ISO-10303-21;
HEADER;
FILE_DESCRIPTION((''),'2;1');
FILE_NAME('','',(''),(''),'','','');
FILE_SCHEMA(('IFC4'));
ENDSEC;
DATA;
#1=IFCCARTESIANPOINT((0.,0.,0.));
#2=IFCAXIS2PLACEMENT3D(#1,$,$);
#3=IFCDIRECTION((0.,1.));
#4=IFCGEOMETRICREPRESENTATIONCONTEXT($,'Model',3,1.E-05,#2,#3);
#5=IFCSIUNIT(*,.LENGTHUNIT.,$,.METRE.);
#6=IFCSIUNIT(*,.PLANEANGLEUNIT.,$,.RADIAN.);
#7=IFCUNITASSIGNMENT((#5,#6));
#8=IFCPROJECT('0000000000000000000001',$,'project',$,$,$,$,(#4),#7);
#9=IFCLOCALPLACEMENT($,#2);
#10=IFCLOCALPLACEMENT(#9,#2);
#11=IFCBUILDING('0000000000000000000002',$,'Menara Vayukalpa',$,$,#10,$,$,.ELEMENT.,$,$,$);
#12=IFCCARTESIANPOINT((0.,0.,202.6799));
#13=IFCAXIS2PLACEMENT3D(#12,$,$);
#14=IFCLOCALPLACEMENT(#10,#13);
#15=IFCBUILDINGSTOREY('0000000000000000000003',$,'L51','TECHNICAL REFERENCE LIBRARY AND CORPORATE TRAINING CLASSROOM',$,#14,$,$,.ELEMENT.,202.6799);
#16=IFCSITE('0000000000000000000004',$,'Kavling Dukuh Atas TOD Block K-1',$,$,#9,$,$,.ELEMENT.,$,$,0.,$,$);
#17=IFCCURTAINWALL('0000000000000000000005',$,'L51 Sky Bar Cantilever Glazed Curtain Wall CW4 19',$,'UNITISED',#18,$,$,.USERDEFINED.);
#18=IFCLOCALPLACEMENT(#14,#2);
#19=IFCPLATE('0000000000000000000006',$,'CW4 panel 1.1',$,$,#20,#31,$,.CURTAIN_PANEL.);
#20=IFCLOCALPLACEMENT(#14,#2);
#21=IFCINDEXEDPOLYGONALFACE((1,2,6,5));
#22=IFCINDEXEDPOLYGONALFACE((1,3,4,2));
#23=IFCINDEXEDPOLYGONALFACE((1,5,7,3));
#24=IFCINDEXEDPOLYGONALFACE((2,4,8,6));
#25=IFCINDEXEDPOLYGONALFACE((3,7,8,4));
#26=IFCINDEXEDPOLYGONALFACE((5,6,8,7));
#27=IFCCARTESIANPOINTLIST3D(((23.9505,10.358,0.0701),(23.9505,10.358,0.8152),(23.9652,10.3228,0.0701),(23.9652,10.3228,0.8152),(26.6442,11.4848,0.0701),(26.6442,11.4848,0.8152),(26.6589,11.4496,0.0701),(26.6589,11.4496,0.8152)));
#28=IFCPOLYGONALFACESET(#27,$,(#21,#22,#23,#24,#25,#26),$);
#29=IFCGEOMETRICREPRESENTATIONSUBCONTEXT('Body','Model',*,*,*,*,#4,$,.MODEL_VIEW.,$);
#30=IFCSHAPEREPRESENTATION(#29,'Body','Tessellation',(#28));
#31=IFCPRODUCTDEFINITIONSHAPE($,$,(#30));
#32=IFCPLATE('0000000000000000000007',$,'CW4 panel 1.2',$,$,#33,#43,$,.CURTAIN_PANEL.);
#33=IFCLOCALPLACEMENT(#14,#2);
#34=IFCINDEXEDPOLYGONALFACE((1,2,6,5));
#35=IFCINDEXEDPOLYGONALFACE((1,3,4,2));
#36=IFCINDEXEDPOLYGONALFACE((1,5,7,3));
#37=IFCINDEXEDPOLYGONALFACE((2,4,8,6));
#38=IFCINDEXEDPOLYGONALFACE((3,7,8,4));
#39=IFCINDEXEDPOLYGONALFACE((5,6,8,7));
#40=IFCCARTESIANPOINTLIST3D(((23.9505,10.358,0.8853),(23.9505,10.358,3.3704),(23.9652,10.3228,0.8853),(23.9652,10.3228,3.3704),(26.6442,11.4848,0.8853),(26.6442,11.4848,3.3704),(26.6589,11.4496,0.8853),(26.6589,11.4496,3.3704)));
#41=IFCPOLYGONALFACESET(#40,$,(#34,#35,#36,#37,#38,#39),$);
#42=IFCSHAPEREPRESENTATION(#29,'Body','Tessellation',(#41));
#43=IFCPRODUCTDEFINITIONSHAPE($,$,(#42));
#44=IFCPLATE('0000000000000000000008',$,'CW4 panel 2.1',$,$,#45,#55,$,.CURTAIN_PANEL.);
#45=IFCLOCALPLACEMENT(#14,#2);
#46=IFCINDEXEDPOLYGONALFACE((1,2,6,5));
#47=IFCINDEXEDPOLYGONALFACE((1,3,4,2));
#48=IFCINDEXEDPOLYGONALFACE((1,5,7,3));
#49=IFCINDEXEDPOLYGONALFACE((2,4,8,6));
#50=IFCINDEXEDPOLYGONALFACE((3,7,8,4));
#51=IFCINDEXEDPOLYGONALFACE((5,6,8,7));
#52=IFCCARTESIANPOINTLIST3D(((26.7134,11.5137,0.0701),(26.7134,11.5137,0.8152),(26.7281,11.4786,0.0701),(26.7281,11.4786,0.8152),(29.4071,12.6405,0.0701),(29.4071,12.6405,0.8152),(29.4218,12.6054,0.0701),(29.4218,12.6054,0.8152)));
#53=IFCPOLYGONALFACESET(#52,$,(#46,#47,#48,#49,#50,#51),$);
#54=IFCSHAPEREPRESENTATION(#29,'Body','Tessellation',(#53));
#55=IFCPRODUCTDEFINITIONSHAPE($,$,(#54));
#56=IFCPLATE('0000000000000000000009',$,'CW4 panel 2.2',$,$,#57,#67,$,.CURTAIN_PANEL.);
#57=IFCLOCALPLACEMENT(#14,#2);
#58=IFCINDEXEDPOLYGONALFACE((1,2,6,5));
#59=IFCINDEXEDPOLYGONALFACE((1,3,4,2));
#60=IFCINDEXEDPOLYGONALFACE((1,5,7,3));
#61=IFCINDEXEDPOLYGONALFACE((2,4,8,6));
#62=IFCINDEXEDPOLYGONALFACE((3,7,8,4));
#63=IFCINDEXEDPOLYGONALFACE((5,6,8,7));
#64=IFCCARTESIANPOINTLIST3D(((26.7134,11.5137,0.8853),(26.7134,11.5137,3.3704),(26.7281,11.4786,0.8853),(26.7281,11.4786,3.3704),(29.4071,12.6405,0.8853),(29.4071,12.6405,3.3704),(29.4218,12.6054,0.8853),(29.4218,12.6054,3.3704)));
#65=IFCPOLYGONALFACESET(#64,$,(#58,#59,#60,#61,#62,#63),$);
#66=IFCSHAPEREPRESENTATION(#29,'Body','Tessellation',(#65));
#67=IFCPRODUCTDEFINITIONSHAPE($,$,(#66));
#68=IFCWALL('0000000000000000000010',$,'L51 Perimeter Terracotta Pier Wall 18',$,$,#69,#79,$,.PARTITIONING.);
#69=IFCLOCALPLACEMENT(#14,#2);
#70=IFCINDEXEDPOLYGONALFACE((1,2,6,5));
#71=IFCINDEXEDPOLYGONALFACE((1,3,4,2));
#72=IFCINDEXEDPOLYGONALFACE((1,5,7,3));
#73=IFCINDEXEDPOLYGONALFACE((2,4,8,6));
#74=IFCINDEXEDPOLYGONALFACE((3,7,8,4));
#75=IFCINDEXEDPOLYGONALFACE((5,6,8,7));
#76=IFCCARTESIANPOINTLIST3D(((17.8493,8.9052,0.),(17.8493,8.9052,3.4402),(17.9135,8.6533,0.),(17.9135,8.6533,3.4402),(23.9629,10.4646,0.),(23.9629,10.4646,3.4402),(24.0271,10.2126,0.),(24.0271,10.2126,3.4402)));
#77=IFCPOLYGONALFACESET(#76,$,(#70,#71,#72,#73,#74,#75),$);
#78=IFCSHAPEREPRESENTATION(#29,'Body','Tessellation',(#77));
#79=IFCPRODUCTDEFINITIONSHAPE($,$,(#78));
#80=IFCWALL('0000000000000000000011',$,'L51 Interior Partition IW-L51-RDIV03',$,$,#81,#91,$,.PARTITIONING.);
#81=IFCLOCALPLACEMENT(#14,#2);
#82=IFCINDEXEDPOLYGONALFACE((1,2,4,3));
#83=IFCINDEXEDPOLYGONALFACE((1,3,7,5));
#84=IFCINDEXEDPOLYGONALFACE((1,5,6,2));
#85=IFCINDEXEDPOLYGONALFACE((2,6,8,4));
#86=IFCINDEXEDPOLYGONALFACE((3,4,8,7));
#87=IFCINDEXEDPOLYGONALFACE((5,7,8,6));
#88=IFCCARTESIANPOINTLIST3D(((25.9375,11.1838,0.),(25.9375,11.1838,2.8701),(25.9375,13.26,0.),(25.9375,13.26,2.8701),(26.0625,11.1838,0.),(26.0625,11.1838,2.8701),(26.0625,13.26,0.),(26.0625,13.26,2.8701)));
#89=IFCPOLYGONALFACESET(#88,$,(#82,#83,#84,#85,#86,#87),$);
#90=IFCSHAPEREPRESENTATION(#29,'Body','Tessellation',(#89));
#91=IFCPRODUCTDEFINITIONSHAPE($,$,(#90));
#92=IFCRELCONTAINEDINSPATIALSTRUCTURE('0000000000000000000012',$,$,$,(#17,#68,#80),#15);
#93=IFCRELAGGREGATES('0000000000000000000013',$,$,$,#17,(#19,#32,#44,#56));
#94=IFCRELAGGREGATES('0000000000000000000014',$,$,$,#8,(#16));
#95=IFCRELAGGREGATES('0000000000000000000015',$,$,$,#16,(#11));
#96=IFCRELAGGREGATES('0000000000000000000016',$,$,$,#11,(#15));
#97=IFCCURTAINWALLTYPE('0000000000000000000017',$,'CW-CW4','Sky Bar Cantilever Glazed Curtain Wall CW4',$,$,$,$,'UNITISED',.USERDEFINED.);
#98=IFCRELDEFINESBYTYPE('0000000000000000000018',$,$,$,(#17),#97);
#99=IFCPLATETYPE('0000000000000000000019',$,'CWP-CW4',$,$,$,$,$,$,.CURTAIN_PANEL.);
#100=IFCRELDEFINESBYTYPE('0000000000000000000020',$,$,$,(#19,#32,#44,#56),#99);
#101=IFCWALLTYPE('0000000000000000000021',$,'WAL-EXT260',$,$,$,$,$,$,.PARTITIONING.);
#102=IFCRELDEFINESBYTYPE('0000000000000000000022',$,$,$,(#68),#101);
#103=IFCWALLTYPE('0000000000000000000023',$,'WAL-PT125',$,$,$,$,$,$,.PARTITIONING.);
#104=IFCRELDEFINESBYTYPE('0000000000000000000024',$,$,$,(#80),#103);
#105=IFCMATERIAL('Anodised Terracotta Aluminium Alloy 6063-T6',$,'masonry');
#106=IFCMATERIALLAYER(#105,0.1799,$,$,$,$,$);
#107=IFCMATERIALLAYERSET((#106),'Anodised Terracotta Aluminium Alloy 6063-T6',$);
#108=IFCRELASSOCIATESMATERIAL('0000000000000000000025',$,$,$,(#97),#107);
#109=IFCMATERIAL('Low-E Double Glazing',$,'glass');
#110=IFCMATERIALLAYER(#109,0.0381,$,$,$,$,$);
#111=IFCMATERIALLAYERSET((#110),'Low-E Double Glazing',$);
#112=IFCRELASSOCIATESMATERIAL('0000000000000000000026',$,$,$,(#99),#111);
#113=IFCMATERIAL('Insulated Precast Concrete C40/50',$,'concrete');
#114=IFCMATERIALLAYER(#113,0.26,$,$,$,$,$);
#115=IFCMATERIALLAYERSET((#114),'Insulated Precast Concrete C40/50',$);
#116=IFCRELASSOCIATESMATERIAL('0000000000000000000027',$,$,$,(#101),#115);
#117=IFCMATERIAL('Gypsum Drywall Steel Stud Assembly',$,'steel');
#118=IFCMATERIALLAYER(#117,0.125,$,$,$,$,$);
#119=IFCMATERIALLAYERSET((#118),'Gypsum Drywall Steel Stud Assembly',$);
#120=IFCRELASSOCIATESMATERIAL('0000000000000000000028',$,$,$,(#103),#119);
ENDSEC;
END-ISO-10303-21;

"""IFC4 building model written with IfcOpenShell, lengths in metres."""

from ifc_helpers import new_model, si_unit, direction, frame, frame_2d, origin, origin_2d, place, context, subcontext, project, spatial, rectangle, extrude, material, layer, layer_set, type_object, element, aggregate, save


model = new_model("IFC4")

# Units and contexts
model_context = context("Model", 3, precision=1e-05, world=origin(), true_north=direction((0.0, 1.0)))
body_context = subcontext(model_context, "Body", "Model", "MODEL_VIEW")
ifc_project = project(units=[si_unit("LENGTHUNIT", "METRE"), si_unit("PLANEANGLEUNIT", "RADIAN")], contexts=[model_context])

# Site, building, storey
site_placement = place(None, origin())
site = spatial("IfcSite", under=ifc_project, at=site_placement, Name="Kavling Dukuh Atas TOD Block K-1", CompositionType="ELEMENT", RefElevation=0.0)
building_placement = place(site_placement, origin())
building = spatial("IfcBuilding", under=site, at=building_placement, Name="Menara Vayukalpa", CompositionType="ELEMENT")
storey_placement = place(building_placement, frame((0.0, 0.0, 202.6799)))
storey = spatial("IfcBuildingStorey", under=building, at=storey_placement, Name="L51", Description="TECHNICAL REFERENCE LIBRARY AND CORPORATE TRAINING CLASSROOM", CompositionType="ELEMENT", Elevation=202.6799)

# Curtain wall, plates
ifc_material_1 = material(Name="Anodised Terracotta Aluminium Alloy 6063-T6", Category="masonry")
ifc_layer_1 = layer(ifc_material_1, 0.1799)
ifc_layer_set_1 = layer_set([ifc_layer_1], Name="Anodised Terracotta Aluminium Alloy 6063-T6")
curtain_wall_type = type_object("IfcCurtainWallType", Name="CW-CW4", Description="Sky Bar Cantilever Glazed Curtain Wall CW4", ElementType="UNITISED", PredefinedType="USERDEFINED", material=ifc_layer_set_1)
curtain_wall_placement = place(storey_placement, origin())
curtain_wall = element("IfcCurtainWall", 1, at=curtain_wall_placement, inside=storey, type_object=curtain_wall_type, Name="L51 Sky Bar Cantilever Glazed Curtain Wall CW4 19", ObjectType="UNITISED", PredefinedType="USERDEFINED")
ifc_material_2 = material(Name="Low-E Double Glazing", Category="glass")
ifc_layer_2 = layer(ifc_material_2, 0.0381)
ifc_layer_set_2 = layer_set([ifc_layer_2], Name="Low-E Double Glazing")
plate_type = type_object("IfcPlateType", Name="CWP-CW4", PredefinedType="CURTAIN_PANEL", material=ifc_layer_set_2)
plate_1_placement = place(storey_placement, frame((25.3047, 10.9038, 0.0701), z_axis=(0.0, 0.0, 1.0), x_axis=(0.922539, 0.385903, 0.0)))
plate_1 = element("IfcPlate", 2, at=plate_1_placement, type_object=plate_type, Name="CW4 panel 1.1", PredefinedType="CURTAIN_PANEL", context=body_context, shape_type="SweptSolid", body=[
    extrude(rectangle(XDim=2.9199, YDim=0.0381, at=origin_2d()), origin(), (0.0, 0.0, 1.0), 0.7451),
])
plate_2_placement = place(storey_placement, frame((25.3047, 10.9038, 0.8853), z_axis=(0.0, 0.0, 1.0), x_axis=(0.922539, 0.385903, 0.0)))
plate_2 = element("IfcPlate", 3, at=plate_2_placement, type_object=plate_type, Name="CW4 panel 1.2", PredefinedType="CURTAIN_PANEL", context=body_context, shape_type="SweptSolid", body=[
    extrude(rectangle(XDim=2.9199, YDim=0.0381, at=origin_2d()), origin(), (0.0, 0.0, 1.0), 2.4851),
])
plate_3_placement = place(storey_placement, frame((28.0676, 12.0596, 0.0701), z_axis=(0.0, 0.0, 1.0), x_axis=(0.922539, 0.385903, 0.0)))
plate_3 = element("IfcPlate", 4, at=plate_3_placement, type_object=plate_type, Name="CW4 panel 2.1", PredefinedType="CURTAIN_PANEL", context=body_context, shape_type="SweptSolid", body=[
    extrude(rectangle(XDim=2.9199, YDim=0.0381, at=origin_2d()), origin(), (0.0, 0.0, 1.0), 0.7451),
])
plate_4_placement = place(storey_placement, frame((28.0676, 12.0596, 0.8853), z_axis=(0.0, 0.0, 1.0), x_axis=(0.922539, 0.385903, 0.0)))
plate_4 = element("IfcPlate", 5, at=plate_4_placement, type_object=plate_type, Name="CW4 panel 2.2", PredefinedType="CURTAIN_PANEL", context=body_context, shape_type="SweptSolid", body=[
    extrude(rectangle(XDim=2.9199, YDim=0.0381, at=origin_2d()), origin(), (0.0, 0.0, 1.0), 2.4851),
])
aggregate(curtain_wall, [plate_1, plate_2, plate_3, plate_4])

# Walls
ifc_material_3 = material(Name="Insulated Precast Concrete C40/50", Category="concrete")
ifc_layer_3 = layer(ifc_material_3, 0.26)
ifc_layer_set_3 = layer_set([ifc_layer_3], Name="Insulated Precast Concrete C40/50")
wall_type_1 = type_object("IfcWallType", Name="WAL-EXT260", PredefinedType="PARTITIONING", material=ifc_layer_set_3)
wall_1_placement = place(storey_placement, frame((23.9951, 10.3386, 0.0), z_axis=(0.0, 0.0, 1.0), x_axis=(-0.968977, -0.247149, 0.0)))
element("IfcWall", 6, at=wall_1_placement, inside=storey, type_object=wall_type_1, Name="L51 Perimeter Terracotta Pier Wall 18", PredefinedType="PARTITIONING", context=body_context, shape_type="SweptSolid", body=[
    extrude(rectangle(XDim=6.3093, YDim=0.26, at=frame_2d((3.1548, 0.0))), origin(), (0.0, 0.0, 1.0), 3.4402),
])
ifc_material_4 = material(Name="Gypsum Drywall Steel Stud Assembly", Category="steel")
ifc_layer_4 = layer(ifc_material_4, 0.125)
ifc_layer_set_4 = layer_set([ifc_layer_4], Name="Gypsum Drywall Steel Stud Assembly")
wall_type_2 = type_object("IfcWallType", Name="WAL-PT125", PredefinedType="PARTITIONING", material=ifc_layer_set_4)
wall_2_placement = place(storey_placement, frame((26.0, 11.1838, 0.0), z_axis=(0.0, 0.0, 1.0), x_axis=(0.0, 1.0, 0.0)))
element("IfcWall", 7, at=wall_2_placement, inside=storey, type_object=wall_type_2, Name="L51 Interior Partition IW-L51-RDIV03", PredefinedType="PARTITIONING", context=body_context, shape_type="SweptSolid", body=[
    extrude(rectangle(XDim=2.0762, YDim=0.125, at=frame_2d((1.0381, 0.0))), origin(), (0.0, 0.0, 1.0), 2.8701),
])

save(model, "model.ifc")
